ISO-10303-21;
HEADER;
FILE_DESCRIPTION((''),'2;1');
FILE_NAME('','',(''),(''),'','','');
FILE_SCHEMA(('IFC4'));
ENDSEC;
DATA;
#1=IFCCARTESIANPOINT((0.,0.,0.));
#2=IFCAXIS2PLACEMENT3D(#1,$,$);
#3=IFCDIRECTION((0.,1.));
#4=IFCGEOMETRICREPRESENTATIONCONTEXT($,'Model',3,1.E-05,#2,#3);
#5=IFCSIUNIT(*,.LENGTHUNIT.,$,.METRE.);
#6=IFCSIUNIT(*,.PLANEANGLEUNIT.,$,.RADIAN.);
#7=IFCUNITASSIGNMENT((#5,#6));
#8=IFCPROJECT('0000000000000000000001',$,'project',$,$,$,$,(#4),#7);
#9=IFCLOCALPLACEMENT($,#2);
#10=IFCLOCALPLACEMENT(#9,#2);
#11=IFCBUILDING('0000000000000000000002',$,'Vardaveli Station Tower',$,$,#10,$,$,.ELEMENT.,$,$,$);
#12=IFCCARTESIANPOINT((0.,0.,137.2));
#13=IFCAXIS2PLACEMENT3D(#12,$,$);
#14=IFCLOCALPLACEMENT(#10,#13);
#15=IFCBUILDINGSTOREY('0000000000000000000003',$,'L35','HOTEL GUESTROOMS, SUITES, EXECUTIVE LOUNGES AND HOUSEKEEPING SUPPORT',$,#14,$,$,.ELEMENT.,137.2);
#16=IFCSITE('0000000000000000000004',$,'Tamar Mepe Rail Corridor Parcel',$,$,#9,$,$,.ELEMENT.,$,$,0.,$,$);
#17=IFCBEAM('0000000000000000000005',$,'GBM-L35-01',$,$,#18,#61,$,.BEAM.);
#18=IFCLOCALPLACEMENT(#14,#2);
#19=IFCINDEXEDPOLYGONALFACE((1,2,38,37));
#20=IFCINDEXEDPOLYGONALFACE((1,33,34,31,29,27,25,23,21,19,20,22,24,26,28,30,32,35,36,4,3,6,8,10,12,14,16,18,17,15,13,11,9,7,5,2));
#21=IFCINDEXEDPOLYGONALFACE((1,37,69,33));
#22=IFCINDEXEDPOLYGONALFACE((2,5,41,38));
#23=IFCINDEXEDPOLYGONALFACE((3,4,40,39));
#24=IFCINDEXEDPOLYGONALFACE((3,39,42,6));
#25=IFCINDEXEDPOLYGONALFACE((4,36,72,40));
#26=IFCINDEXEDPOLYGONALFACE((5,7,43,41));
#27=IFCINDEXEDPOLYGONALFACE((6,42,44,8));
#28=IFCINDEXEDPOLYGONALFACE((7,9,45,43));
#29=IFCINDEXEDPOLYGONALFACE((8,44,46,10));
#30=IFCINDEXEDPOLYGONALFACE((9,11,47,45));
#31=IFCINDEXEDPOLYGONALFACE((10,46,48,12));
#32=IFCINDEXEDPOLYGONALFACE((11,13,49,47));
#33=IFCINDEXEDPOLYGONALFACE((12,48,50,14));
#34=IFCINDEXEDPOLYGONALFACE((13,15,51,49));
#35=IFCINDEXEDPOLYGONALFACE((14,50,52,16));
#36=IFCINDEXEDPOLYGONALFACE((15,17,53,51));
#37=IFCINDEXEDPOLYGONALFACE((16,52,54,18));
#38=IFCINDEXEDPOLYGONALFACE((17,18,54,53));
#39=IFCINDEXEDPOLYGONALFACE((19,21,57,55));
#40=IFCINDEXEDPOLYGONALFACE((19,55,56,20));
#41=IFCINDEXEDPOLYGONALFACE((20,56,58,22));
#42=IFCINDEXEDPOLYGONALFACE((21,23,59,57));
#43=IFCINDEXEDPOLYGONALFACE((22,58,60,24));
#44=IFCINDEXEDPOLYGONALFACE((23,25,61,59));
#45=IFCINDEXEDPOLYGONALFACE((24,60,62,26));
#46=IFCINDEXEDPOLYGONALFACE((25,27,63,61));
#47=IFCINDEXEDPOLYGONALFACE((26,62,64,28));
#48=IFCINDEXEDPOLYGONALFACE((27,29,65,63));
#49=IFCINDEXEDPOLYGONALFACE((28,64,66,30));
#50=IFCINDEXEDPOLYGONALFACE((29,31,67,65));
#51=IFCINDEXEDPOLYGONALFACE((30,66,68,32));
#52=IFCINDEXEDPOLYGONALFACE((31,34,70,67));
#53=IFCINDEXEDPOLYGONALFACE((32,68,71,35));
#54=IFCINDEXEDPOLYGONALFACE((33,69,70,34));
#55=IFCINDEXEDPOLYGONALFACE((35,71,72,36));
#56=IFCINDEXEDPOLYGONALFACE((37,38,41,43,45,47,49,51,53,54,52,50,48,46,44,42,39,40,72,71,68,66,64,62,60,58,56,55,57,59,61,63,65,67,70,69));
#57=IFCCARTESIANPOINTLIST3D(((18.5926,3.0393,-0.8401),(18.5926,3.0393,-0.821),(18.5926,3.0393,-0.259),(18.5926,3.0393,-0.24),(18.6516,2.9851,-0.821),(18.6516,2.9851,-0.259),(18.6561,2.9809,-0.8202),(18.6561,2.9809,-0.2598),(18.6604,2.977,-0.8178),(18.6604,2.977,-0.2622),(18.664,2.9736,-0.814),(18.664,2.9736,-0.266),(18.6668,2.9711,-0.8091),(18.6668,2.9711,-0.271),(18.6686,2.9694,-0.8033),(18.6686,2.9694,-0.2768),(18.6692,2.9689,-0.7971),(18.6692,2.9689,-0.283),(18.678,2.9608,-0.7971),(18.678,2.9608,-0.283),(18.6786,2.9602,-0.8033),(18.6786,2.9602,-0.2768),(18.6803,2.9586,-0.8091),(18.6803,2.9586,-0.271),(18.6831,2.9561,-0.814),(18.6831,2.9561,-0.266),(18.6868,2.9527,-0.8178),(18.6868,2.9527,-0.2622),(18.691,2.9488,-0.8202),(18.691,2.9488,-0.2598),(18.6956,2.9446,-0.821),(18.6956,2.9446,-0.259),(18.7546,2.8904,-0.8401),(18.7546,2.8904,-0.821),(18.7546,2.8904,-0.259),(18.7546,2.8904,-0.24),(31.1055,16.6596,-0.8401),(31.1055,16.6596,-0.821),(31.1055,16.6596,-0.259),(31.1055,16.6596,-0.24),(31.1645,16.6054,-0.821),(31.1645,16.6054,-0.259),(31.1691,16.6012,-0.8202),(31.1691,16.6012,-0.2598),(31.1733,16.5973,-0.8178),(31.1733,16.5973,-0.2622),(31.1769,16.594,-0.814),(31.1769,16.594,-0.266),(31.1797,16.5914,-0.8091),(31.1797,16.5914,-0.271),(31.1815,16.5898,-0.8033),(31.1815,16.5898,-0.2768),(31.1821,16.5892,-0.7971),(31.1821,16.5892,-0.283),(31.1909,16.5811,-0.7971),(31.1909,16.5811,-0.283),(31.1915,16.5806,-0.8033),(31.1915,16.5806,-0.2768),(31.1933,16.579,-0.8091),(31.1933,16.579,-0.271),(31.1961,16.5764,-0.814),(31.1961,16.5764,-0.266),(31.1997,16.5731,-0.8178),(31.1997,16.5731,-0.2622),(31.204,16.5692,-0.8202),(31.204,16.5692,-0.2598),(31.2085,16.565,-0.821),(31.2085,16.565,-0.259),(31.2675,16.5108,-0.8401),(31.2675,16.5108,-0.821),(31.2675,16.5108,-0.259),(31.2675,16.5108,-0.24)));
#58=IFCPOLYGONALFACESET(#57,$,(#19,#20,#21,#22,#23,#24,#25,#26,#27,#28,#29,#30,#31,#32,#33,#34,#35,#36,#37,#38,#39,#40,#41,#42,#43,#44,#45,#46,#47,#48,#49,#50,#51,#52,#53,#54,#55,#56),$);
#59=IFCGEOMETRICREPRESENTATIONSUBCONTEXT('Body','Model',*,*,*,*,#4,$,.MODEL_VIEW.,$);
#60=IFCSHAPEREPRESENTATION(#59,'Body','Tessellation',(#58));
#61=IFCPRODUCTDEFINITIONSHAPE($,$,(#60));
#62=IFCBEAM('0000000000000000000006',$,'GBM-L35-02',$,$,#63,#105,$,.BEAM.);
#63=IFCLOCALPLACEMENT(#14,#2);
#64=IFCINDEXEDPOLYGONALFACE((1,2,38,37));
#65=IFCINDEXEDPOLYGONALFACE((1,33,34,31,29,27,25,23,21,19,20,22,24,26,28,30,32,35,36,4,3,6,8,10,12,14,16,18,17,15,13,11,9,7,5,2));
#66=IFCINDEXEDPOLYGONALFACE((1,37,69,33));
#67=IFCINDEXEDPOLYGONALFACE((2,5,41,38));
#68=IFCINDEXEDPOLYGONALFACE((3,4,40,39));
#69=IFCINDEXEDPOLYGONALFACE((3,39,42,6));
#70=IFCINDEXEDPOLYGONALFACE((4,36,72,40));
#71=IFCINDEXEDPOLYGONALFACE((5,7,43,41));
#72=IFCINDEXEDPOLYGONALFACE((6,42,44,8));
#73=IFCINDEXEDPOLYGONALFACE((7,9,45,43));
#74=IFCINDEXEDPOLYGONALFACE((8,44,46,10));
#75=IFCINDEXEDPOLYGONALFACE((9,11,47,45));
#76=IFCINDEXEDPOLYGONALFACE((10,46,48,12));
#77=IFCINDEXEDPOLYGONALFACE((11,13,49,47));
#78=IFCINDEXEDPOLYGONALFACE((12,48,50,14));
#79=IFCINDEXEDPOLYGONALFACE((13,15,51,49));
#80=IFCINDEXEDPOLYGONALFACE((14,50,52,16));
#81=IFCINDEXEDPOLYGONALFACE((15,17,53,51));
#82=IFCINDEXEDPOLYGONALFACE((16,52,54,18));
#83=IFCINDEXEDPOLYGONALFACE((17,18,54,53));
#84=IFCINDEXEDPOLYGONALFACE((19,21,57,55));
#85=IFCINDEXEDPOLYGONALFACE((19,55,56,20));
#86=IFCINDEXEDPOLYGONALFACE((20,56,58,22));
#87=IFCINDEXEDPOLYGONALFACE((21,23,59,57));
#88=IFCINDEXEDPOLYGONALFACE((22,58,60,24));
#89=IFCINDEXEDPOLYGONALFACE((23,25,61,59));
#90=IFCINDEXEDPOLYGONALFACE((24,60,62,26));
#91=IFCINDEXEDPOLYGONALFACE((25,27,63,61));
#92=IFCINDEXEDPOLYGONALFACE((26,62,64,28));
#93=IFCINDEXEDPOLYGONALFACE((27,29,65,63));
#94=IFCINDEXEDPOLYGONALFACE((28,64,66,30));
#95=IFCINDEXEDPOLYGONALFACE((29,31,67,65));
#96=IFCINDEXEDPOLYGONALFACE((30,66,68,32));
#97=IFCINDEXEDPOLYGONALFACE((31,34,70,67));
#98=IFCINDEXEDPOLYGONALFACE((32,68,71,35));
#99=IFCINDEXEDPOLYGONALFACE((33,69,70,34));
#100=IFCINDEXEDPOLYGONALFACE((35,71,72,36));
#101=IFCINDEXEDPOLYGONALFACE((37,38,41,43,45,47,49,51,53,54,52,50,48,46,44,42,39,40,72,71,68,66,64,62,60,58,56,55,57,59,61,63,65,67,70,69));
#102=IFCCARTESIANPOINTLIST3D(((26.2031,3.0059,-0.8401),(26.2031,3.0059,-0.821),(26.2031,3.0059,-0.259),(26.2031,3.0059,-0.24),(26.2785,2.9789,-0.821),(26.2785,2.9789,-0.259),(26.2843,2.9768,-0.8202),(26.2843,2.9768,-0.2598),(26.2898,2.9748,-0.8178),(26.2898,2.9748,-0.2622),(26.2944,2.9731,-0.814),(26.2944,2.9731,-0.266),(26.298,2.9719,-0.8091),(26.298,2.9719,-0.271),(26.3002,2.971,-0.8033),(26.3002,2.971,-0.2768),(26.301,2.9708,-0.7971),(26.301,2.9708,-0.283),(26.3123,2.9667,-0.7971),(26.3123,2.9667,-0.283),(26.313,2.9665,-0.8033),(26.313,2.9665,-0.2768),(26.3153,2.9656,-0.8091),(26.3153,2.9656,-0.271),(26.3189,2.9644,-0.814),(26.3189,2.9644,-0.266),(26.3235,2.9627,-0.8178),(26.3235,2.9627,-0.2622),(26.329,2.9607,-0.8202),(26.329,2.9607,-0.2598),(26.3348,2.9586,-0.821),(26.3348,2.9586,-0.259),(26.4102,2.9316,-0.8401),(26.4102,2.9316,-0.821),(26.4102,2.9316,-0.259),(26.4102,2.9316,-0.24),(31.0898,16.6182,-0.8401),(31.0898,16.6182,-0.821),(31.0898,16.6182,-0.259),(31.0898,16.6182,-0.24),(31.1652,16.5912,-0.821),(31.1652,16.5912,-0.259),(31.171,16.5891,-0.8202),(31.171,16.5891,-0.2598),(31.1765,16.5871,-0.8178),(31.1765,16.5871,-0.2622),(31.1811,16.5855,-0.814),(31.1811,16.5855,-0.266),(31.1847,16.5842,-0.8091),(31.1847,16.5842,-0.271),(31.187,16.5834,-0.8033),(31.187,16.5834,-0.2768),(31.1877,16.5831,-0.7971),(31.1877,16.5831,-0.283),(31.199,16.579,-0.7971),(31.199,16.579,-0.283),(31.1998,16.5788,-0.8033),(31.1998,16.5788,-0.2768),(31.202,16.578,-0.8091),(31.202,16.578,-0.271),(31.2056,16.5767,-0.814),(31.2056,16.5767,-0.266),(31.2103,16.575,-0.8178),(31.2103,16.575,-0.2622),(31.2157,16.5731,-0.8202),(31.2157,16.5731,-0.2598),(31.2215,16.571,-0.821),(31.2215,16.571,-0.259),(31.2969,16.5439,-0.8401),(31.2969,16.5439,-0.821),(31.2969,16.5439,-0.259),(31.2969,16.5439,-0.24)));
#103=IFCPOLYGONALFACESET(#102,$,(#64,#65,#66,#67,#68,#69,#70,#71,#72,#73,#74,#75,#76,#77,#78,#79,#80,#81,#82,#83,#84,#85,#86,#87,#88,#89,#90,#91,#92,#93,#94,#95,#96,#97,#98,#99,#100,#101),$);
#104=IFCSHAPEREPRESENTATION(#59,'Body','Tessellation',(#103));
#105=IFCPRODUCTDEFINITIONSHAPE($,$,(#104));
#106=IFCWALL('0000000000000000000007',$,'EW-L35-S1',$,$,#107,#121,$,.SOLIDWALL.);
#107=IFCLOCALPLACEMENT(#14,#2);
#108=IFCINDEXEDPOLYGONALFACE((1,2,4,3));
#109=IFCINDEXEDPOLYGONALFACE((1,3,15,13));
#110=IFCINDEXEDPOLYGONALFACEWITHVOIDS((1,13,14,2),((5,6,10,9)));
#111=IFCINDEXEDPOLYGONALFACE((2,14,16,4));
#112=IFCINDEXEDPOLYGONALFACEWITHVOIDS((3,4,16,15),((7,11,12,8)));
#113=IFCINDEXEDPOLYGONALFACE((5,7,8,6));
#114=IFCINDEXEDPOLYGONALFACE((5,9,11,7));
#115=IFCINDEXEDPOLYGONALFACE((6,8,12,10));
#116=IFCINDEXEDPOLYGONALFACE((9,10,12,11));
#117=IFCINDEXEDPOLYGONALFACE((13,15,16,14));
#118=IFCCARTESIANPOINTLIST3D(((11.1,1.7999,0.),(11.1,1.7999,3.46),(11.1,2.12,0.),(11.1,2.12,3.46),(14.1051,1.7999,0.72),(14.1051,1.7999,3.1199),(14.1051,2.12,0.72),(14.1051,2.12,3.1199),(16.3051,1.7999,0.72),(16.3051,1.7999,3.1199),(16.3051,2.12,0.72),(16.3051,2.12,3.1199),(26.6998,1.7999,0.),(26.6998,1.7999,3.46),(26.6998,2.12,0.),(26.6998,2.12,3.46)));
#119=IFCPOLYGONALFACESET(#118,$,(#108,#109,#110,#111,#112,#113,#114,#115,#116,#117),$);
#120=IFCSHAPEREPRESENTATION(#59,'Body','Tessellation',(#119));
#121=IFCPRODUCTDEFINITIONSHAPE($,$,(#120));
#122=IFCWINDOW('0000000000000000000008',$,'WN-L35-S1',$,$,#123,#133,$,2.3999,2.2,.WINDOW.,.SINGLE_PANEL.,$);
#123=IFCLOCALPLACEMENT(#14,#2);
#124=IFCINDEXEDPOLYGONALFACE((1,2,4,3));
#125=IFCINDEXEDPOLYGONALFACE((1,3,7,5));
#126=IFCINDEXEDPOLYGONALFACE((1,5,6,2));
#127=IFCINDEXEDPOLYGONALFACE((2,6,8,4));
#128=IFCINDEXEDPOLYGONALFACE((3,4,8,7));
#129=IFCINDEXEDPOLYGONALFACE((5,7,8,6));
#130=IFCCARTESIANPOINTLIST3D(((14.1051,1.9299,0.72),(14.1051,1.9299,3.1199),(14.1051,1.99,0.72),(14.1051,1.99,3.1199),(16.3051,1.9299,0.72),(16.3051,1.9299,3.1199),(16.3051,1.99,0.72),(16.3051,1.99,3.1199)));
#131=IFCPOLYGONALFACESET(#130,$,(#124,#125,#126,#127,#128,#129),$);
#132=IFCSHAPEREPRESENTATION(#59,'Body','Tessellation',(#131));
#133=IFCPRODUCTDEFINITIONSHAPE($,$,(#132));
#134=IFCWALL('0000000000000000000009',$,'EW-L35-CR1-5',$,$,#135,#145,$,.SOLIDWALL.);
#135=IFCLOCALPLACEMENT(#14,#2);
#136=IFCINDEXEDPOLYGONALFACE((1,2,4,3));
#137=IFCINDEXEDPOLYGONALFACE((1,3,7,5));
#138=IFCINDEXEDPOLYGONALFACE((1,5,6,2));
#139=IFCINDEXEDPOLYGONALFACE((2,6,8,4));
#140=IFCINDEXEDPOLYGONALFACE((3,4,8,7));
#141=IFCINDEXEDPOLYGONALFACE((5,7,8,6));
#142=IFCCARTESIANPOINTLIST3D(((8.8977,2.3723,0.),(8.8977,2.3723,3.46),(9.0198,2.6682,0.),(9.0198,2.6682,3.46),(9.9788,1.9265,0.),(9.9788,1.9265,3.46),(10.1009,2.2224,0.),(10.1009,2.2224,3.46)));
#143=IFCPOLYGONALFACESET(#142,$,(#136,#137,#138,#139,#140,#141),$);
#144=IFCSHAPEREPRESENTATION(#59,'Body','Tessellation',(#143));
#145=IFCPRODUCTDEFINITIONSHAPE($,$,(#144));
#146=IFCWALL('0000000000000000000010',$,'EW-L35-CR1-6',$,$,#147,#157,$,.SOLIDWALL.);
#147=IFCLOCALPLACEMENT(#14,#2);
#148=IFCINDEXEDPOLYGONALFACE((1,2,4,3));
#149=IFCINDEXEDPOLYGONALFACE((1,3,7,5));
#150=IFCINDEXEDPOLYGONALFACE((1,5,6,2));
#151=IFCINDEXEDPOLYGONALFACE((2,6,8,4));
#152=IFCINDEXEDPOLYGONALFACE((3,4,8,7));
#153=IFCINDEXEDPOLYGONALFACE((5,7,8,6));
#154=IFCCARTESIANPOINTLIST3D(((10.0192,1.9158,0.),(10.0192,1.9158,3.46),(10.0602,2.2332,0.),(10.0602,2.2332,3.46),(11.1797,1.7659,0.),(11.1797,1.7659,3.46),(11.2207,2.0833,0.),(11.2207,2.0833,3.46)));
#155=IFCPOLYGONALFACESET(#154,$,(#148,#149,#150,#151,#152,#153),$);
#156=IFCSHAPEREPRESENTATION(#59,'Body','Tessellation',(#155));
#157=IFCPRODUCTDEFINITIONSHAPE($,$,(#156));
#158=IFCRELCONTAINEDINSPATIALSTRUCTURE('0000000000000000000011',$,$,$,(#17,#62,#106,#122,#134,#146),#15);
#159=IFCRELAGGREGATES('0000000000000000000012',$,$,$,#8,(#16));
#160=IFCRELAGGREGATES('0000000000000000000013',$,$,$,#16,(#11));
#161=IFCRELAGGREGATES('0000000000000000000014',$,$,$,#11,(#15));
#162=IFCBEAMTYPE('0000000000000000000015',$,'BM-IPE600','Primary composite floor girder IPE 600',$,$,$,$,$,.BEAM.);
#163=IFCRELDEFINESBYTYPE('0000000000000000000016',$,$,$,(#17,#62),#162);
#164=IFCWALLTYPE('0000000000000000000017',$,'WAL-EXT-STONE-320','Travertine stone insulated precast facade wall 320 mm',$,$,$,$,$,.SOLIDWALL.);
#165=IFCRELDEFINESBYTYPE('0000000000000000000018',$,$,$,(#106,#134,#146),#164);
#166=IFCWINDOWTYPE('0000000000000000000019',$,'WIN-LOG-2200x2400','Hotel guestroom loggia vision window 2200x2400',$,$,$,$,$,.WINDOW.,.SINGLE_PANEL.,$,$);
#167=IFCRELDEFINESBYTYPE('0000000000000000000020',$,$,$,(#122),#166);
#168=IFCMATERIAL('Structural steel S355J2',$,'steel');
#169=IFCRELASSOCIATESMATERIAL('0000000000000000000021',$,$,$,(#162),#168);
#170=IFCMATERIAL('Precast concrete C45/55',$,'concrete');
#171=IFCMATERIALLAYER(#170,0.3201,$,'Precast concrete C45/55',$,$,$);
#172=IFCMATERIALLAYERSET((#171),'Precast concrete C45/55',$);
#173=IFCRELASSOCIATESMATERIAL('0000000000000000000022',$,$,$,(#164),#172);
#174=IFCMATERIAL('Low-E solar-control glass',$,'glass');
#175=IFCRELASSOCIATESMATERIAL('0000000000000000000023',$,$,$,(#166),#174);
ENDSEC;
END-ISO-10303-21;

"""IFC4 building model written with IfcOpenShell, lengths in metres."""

from ifc_helpers import new_model, si_unit, direction, frame, frame_2d, origin, origin_2d, place, context, subcontext, project, spatial, rectangle, i_section, extrude, source, transform, mapped, material, layer, layer_set, material_profile, profile_set, type_object, element, fill, save


model = new_model("IFC4")

# Units and contexts
model_context = context("Model", 3, precision=1e-05, world=origin(), true_north=direction((0.0, 1.0)))
body_context = subcontext(model_context, "Body", "Model", "MODEL_VIEW")
ifc_project = project(units=[si_unit("LENGTHUNIT", "METRE"), si_unit("PLANEANGLEUNIT", "RADIAN")], contexts=[model_context])

# Site, building, storey
site_placement = place(None, origin())
site = spatial("IfcSite", under=ifc_project, at=site_placement, Name="Tamar Mepe Rail Corridor Parcel", CompositionType="ELEMENT", RefElevation=0.0)
building_placement = place(site_placement, origin())
building = spatial("IfcBuilding", under=site, at=building_placement, Name="Vardaveli Station Tower", CompositionType="ELEMENT")
storey_placement = place(building_placement, frame((0.0, 0.0, 137.2)))
storey = spatial("IfcBuildingStorey", under=building, at=storey_placement, Name="L35", Description="HOTEL GUESTROOMS, SUITES, EXECUTIVE LOUNGES AND HOUSEKEEPING SUPPORT", CompositionType="ELEMENT", Elevation=137.2)

# Beams
ifc_material_1 = material(Name="Precast concrete C45/55", Category="concrete")
ifc_material_2 = material(Name="Structural steel S355J2", Category="steel")
ifc_material_profile_1 = material_profile(ifc_material_2, i_section(OverallWidth=0.22, OverallDepth=0.6001, WebThickness=0.012, FlangeThickness=0.019, FilletRadius=0.0239, at=origin_2d()), Name="IPE 600")
ifc_profile_set_1 = profile_set([ifc_material_profile_1], Name="Structural steel S355J2")
beam_type_1 = type_object("IfcBeamType", Name="BM-IPE600", Description="Primary composite floor girder IPE 600", PredefinedType="BEAM", material=ifc_profile_set_1)
shared_shape_1 = source(origin(), body_context, "Body", "SweptSolid", [
    extrude(i_section(OverallWidth=0.22, OverallDepth=0.6001, WebThickness=0.012, FlangeThickness=0.019, FilletRadius=0.0239, at=origin_2d()), origin(), (0.0, 0.0, 1.0), 18.4956),
])
beam_1_placement = place(storey_placement, frame((18.6736, 2.9648, -0.54), z_axis=(0.676535, 0.73641, 0.0), x_axis=(-0.73641, 0.676535, 0.0)))
element("IfcBeam", 1, at=beam_1_placement, inside=storey, type_object=beam_type_1, Name="GBM-L35-01", PredefinedType="BEAM", context=body_context, shape_type="MappedRepresentation", body=[
    mapped(shared_shape_1, transform((0.0, 0.0, 0.0), scale=1.0)),
])
shared_shape_2 = source(origin(), body_context, "Body", "SweptSolid", [
    extrude(i_section(OverallWidth=0.22, OverallDepth=0.6001, WebThickness=0.012, FlangeThickness=0.019, FilletRadius=0.0239, at=origin_2d()), origin(), (0.0, 0.0, 1.0), 14.4629),
])
beam_2_placement = place(storey_placement, frame((26.3066, 2.9688, -0.54), z_axis=(0.33788, 0.941189, 0.0), x_axis=(-0.941189, 0.33788, 0.0)))
element("IfcBeam", 2, at=beam_2_placement, inside=storey, type_object=beam_type_1, Name="GBM-L35-02", PredefinedType="BEAM", context=body_context, shape_type="MappedRepresentation", body=[
    mapped(shared_shape_2, transform((0.0, 0.0, 0.0), scale=1.0)),
])

# Wall, opening, window
ifc_layer_1 = layer(ifc_material_1, 0.3201, Name="Precast concrete C45/55")
ifc_layer_set_1 = layer_set([ifc_layer_1], Name="Precast concrete C45/55")
wall_type_1 = type_object("IfcWallType", Name="WAL-EXT-STONE-320", Description="Travertine stone insulated precast facade wall 320 mm", PredefinedType="SOLIDWALL", material=ifc_layer_set_1)
shared_shape_3 = source(origin(), body_context, "Body", "SweptSolid", [
    extrude(rectangle(XDim=15.5999, YDim=0.3201, at=frame_2d((7.7998, 0.0))), origin(), (0.0, 0.0, 1.0), 3.46),
])
wall_1_placement = place(storey_placement, frame((11.1001, 1.96, 0.0), z_axis=(0.0, 0.0, 1.0), x_axis=(1.0, 0.0, 0.0)))
wall_1 = element("IfcWall", 3, at=wall_1_placement, inside=storey, type_object=wall_type_1, Name="EW-L35-S1", PredefinedType="SOLIDWALL", context=body_context, shape_type="MappedRepresentation", body=[
    mapped(shared_shape_3, transform((0.0, 0.0, 0.0), scale=1.0)),
])
shared_shape_4 = source(origin(), body_context, "Body", "SweptSolid", [
    extrude(rectangle(XDim=2.2, YDim=2.3999, at=frame_2d((1.1001, 1.2))), frame((0.0, 0.1699, 0.0), z_axis=(0.0, -1.0, 0.0), x_axis=(1.0, 0.0, 0.0)), (0.0, 0.0, 1.0), 0.3401),
])
opening_1_placement = place(wall_1_placement, frame((3.0049, 0.0, 0.72)))
opening_1 = element("IfcOpeningElement", 4, at=opening_1_placement, cuts=wall_1, PredefinedType="OPENING", context=body_context, shape_type="MappedRepresentation", body=[
    mapped(shared_shape_4, transform((0.0, 0.0, 0.0), scale=1.0)),
])
ifc_material_3 = material(Name="Low-E solar-control glass", Category="glass")
window_type = type_object("IfcWindowType", Name="WIN-LOG-2200x2400", Description="Hotel guestroom loggia vision window 2200x2400", PartitioningType="SINGLE_PANEL", PredefinedType="WINDOW", material=ifc_material_3)
shared_shape_5 = source(origin(), body_context, "Body", "SweptSolid", [
    extrude(rectangle(XDim=2.2, YDim=2.3999, at=frame_2d((1.1001, 1.2))), frame((0.0, 0.03, 0.0), z_axis=(0.0, -1.0, 0.0), x_axis=(1.0, 0.0, 0.0)), (0.0, 0.0, 1.0), 0.0601),
])
window_placement = place(opening_1_placement, origin())
window = element("IfcWindow", 5, at=window_placement, inside=storey, type_object=window_type, Name="WN-L35-S1", OverallHeight=2.3999, OverallWidth=2.2, PartitioningType="SINGLE_PANEL", PredefinedType="WINDOW", context=body_context, shape_type="MappedRepresentation", body=[
    mapped(shared_shape_5, transform((0.0, 0.0, 0.0), scale=1.0)),
])
fill(opening_1, window)

# Walls
shared_shape_6 = source(origin(), body_context, "Body", "SweptSolid", [
    extrude(rectangle(XDim=1.1694, YDim=0.3201, at=frame_2d((0.5847, 0.0))), origin(), (0.0, 0.0, 1.0), 3.46),
])
wall_2_placement = place(storey_placement, frame((8.9587, 2.5203, 0.0), z_axis=(0.0, 0.0, 1.0), x_axis=(0.924479, -0.381233, 0.0)))
element("IfcWall", 6, at=wall_2_placement, inside=storey, type_object=wall_type_1, Name="EW-L35-CR1-5", PredefinedType="SOLIDWALL", context=body_context, shape_type="MappedRepresentation", body=[
    mapped(shared_shape_6, transform((0.0, 0.0, 0.0), scale=1.0)),
])
shared_shape_7 = source(origin(), body_context, "Body", "SweptSolid", [
    extrude(rectangle(XDim=1.1702, YDim=0.3201, at=frame_2d((0.585, 0.0))), origin(), (0.0, 0.0, 1.0), 3.46),
])
wall_3_placement = place(storey_placement, frame((10.0398, 2.0745, 0.0), z_axis=(0.0, 0.0, 1.0), x_axis=(0.991762, -0.12809, 0.0)))
element("IfcWall", 7, at=wall_3_placement, inside=storey, type_object=wall_type_1, Name="EW-L35-CR1-6", PredefinedType="SOLIDWALL", context=body_context, shape_type="MappedRepresentation", body=[
    mapped(shared_shape_7, transform((0.0, 0.0, 0.0), scale=1.0)),
])

save(model, "model.ifc")
